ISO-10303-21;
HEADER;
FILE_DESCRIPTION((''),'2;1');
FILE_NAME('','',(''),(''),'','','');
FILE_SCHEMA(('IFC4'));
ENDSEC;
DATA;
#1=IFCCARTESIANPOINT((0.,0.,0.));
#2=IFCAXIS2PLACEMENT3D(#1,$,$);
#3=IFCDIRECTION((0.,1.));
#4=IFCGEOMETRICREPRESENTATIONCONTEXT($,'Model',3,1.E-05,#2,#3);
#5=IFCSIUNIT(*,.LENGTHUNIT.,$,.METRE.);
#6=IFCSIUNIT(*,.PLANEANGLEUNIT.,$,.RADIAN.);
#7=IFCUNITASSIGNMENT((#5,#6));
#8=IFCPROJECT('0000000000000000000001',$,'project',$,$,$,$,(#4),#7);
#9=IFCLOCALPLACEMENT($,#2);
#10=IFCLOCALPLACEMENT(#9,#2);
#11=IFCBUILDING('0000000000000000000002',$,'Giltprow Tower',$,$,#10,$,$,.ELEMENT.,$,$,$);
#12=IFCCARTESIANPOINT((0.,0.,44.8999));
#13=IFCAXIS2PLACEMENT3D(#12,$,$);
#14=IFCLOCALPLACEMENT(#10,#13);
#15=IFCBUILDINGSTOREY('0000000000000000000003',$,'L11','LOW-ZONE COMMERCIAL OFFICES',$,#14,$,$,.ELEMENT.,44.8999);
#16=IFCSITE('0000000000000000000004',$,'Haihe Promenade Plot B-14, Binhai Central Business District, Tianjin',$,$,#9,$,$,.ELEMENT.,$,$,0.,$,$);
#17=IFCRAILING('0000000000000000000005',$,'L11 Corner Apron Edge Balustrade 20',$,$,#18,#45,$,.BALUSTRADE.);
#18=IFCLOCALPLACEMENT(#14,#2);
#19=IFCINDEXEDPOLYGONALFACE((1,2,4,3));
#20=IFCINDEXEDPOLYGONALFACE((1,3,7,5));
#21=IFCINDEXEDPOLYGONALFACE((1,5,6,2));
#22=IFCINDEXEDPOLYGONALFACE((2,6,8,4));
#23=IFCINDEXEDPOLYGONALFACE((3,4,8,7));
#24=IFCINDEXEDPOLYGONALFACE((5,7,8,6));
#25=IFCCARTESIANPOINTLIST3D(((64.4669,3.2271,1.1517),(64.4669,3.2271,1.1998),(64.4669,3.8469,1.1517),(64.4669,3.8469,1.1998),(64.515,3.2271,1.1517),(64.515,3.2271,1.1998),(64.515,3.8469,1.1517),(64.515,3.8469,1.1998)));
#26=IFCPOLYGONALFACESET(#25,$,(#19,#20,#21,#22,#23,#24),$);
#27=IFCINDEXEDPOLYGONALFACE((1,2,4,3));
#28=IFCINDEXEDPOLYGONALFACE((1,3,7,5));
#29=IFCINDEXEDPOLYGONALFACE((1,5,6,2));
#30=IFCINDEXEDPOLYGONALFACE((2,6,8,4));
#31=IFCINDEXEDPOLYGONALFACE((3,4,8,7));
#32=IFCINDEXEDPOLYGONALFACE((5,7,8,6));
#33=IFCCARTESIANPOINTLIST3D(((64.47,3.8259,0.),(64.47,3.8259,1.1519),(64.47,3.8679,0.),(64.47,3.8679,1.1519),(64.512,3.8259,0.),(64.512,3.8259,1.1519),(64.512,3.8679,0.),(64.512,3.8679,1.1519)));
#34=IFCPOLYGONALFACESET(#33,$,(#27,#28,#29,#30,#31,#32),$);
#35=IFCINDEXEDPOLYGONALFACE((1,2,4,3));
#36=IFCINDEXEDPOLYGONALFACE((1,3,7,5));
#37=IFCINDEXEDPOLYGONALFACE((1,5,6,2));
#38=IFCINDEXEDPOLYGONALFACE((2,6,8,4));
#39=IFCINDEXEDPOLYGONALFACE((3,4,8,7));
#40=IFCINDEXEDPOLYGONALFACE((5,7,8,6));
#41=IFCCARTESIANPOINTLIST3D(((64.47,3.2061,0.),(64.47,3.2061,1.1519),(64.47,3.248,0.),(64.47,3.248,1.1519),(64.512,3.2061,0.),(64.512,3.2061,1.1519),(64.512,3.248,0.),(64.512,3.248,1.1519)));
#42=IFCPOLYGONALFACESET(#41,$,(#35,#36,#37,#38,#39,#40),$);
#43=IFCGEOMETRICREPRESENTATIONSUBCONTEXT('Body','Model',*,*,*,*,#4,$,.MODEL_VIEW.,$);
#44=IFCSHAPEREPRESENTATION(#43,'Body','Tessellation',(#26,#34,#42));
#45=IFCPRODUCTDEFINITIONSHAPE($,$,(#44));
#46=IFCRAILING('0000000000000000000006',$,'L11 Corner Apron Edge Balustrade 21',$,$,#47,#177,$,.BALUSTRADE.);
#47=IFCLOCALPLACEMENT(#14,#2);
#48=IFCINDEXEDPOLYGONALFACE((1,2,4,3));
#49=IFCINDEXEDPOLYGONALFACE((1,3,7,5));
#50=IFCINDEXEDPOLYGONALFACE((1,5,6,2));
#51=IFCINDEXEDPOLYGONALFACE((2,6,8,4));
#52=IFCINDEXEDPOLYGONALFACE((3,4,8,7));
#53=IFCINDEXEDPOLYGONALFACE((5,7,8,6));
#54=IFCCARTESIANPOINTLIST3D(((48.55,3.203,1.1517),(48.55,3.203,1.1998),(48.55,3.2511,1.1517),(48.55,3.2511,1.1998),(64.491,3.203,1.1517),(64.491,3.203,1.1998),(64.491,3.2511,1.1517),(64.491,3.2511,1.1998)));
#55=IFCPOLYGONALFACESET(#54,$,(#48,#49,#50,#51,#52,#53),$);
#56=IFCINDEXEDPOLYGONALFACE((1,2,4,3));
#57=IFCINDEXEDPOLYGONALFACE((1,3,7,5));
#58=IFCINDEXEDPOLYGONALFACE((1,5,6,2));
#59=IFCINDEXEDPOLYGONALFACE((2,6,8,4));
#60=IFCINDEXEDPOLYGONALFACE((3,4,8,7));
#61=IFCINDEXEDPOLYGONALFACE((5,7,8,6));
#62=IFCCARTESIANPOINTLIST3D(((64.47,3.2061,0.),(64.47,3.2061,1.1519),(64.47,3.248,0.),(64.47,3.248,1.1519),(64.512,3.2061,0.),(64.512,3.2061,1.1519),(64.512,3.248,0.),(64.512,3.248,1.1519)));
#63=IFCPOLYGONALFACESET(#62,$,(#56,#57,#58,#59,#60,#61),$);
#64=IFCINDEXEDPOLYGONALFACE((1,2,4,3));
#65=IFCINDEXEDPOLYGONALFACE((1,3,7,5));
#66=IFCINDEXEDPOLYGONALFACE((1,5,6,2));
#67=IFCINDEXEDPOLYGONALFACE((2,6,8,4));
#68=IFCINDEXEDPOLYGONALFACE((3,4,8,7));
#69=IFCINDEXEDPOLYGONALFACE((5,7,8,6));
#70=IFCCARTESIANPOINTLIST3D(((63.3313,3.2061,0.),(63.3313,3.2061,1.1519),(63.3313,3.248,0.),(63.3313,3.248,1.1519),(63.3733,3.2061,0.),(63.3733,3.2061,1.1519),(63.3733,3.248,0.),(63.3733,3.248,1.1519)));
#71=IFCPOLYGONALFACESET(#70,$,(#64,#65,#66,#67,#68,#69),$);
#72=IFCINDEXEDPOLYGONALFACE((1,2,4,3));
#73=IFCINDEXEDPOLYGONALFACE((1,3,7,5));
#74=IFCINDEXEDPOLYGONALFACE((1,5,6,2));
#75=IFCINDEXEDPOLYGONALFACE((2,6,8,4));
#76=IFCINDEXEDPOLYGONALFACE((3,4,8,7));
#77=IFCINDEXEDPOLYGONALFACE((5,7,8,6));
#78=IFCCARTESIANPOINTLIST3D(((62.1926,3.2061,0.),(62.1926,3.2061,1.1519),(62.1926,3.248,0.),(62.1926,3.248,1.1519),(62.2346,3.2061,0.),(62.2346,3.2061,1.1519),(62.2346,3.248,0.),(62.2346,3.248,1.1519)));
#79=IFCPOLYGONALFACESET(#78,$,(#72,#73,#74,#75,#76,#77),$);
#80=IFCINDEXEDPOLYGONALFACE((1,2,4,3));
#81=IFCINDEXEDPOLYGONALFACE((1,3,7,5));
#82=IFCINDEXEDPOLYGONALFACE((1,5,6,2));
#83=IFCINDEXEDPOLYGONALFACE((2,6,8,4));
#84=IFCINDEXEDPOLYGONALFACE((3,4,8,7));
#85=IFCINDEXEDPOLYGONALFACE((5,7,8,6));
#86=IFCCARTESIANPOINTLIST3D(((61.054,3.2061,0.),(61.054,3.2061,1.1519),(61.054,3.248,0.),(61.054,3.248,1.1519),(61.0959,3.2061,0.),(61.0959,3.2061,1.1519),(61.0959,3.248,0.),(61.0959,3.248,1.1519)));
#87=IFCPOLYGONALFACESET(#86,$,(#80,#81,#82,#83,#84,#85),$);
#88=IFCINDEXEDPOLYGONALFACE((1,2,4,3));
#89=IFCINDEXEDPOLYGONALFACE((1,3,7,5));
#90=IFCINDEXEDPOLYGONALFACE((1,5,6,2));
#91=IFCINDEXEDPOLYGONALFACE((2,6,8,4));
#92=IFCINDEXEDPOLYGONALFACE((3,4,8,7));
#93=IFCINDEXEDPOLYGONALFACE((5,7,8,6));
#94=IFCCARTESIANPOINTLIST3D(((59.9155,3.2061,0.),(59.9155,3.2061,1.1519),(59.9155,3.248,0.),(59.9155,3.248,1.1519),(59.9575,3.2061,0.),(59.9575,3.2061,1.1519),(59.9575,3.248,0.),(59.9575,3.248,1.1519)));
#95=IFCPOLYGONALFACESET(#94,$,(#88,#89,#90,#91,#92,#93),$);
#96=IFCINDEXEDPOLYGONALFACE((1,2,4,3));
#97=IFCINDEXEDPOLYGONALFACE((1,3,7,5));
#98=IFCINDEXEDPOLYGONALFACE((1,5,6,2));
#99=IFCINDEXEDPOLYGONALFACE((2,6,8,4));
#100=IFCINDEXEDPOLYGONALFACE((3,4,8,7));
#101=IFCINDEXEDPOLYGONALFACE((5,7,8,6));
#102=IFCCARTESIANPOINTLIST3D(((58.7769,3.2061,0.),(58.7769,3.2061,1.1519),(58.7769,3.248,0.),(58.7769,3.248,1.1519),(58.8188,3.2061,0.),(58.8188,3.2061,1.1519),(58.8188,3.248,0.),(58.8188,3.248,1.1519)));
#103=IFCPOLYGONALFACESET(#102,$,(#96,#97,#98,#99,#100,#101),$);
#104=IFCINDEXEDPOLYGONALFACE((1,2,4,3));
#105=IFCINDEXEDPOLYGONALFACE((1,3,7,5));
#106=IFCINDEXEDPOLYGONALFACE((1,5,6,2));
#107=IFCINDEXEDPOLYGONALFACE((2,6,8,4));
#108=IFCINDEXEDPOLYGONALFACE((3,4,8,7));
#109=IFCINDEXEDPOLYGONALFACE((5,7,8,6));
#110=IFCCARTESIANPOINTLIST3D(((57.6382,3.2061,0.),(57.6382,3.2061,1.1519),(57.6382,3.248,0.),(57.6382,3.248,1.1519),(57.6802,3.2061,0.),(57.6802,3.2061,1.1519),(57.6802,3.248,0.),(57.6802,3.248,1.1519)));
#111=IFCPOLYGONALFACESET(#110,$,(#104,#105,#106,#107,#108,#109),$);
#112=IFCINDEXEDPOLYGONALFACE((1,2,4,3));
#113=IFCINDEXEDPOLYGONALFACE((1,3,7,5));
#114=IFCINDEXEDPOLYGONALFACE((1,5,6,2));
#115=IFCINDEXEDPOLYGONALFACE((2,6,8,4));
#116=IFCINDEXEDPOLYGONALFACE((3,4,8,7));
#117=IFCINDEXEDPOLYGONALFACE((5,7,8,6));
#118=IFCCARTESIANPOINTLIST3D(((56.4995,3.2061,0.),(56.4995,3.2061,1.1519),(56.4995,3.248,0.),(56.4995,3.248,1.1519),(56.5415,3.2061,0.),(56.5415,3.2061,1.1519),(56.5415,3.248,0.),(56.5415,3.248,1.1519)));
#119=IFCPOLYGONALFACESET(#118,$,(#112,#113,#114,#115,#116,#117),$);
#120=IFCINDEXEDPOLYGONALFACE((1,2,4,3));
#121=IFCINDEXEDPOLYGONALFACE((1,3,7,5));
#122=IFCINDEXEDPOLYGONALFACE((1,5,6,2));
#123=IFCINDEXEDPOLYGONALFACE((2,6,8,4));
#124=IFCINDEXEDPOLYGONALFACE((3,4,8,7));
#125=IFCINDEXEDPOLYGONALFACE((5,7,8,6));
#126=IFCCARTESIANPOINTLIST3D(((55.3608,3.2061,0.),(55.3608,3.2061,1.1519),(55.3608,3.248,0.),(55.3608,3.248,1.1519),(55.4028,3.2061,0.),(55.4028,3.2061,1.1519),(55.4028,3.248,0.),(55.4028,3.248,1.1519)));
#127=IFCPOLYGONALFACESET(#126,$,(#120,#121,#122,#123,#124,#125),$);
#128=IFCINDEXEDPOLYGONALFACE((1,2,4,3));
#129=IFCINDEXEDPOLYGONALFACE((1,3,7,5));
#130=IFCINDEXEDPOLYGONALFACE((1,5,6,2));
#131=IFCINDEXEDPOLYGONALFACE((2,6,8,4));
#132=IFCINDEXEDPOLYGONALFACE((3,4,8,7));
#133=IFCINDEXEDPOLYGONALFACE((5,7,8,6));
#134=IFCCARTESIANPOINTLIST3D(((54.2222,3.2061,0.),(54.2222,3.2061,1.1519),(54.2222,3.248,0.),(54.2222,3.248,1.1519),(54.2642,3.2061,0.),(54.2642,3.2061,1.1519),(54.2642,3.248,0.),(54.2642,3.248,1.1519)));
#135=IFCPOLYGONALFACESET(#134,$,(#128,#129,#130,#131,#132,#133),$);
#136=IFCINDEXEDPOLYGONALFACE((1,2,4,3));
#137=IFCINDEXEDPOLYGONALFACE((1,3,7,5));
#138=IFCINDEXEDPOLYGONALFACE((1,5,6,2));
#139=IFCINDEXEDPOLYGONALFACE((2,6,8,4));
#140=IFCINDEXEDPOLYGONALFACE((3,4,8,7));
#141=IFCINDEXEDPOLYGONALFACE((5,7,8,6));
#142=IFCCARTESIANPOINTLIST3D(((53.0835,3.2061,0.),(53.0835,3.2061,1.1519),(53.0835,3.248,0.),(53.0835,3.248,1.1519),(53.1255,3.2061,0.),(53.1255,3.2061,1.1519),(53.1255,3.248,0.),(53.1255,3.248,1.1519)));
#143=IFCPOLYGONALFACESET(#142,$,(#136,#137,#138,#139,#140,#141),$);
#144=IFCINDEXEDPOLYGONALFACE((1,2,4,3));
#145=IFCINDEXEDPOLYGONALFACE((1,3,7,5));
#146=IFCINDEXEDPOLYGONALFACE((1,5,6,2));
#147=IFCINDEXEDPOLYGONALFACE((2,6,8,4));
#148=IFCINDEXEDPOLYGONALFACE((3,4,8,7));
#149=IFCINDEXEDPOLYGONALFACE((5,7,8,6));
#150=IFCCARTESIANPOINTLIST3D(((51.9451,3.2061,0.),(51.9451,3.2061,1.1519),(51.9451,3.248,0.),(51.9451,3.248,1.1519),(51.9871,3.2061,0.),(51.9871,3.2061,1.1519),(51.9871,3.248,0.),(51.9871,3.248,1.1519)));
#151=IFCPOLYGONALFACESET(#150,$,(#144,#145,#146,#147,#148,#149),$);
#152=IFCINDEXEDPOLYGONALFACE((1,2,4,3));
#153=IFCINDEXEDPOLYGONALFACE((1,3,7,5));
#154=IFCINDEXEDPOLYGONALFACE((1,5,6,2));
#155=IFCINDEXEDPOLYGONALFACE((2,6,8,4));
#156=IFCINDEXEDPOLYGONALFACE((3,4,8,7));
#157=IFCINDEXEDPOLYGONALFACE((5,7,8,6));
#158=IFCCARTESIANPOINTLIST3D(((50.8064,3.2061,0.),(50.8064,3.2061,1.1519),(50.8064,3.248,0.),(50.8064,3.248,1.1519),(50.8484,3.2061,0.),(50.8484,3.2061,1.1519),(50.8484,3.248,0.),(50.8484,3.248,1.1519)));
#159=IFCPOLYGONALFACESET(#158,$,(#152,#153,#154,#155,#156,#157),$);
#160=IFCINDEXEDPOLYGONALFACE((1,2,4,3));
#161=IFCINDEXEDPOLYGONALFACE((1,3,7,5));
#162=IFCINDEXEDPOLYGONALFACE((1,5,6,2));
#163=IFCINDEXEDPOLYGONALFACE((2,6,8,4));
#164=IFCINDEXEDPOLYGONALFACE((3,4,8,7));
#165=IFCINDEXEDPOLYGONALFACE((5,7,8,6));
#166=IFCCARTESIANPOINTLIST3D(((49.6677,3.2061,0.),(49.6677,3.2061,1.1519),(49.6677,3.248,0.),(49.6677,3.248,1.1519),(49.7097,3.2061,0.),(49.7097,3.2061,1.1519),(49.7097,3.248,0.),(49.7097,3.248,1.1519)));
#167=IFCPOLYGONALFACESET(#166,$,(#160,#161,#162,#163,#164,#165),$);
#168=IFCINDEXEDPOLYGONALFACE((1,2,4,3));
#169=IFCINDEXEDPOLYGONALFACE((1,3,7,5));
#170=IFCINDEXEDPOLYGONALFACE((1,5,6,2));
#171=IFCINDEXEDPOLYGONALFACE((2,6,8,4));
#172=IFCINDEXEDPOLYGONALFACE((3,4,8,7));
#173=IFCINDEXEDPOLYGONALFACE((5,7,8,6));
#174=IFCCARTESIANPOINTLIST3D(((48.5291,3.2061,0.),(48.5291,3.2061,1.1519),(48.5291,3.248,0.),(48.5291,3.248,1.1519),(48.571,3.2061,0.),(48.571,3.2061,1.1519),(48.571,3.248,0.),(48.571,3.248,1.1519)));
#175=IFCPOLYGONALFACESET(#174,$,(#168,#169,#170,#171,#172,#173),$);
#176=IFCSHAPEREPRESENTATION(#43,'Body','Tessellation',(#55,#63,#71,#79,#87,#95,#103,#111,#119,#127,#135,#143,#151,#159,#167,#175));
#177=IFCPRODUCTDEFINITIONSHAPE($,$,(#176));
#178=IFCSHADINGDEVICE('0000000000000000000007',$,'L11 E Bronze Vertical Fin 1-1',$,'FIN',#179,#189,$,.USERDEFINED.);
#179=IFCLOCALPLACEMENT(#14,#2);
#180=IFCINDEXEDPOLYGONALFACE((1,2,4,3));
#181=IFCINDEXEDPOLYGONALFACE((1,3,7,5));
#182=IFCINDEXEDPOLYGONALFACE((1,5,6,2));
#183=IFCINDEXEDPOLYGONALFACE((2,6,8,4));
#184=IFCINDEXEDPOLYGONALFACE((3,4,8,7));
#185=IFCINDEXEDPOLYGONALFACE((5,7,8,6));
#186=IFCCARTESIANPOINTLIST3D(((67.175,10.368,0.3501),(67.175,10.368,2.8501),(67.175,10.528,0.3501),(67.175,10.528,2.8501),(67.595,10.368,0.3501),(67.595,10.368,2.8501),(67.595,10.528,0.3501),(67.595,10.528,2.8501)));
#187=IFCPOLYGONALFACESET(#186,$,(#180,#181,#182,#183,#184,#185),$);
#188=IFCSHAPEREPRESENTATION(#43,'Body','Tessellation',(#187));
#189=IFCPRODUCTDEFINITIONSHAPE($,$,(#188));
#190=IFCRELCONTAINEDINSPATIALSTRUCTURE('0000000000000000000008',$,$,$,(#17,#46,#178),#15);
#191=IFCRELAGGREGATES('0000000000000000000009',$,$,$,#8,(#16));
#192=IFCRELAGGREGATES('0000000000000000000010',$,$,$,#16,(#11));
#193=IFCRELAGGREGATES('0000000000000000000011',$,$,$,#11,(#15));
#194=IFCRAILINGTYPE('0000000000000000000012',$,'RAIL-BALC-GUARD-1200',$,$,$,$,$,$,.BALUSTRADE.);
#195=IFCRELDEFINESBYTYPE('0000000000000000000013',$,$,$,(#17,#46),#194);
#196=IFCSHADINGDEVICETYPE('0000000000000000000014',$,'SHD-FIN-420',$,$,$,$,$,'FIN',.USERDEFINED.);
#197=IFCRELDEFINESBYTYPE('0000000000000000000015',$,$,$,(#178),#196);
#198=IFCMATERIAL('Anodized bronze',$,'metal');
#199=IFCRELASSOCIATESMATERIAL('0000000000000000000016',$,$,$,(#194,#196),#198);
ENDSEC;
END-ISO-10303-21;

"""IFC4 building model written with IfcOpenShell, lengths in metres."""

from ifc_helpers import new_model, si_unit, direction, frame, origin, origin_2d, place, context, subcontext, project, spatial, rectangle, extrude, source, transform, mapped, material, type_object, element, save


model = new_model("IFC4")

# Units and contexts
model_context = context("Model", 3, precision=1e-05, world=origin(), true_north=direction((0.0, 1.0)))
body_context = subcontext(model_context, "Body", "Model", "MODEL_VIEW")
ifc_project = project(units=[si_unit("LENGTHUNIT", "METRE"), si_unit("PLANEANGLEUNIT", "RADIAN")], contexts=[model_context])

# Site, building, storey
site_placement = place(None, origin())
site = spatial("IfcSite", under=ifc_project, at=site_placement, Name="Haihe Promenade Plot B-14, Binhai Central Business District, Tianjin", CompositionType="ELEMENT", RefElevation=0.0)
building_placement = place(site_placement, origin())
building = spatial("IfcBuilding", under=site, at=building_placement, Name="Giltprow Tower", CompositionType="ELEMENT")
storey_placement = place(building_placement, frame((0.0, 0.0, 44.8999)))
storey = spatial("IfcBuildingStorey", under=building, at=storey_placement, Name="L11", Description="LOW-ZONE COMMERCIAL OFFICES", CompositionType="ELEMENT", Elevation=44.8999)

# Shared definitions
ifc_material_1 = material(Name="Anodized bronze", Category="metal")

# Railings
railing_type = type_object("IfcRailingType", Name="RAIL-BALC-GUARD-1200", PredefinedType="BALUSTRADE", material=ifc_material_1)
railing_1_placement = place(storey_placement, frame((64.491, 3.8469, 0.0)))
element("IfcRailing", 1, at=railing_1_placement, inside=storey, type_object=railing_type, Name="L11 Corner Apron Edge Balustrade 20", PredefinedType="BALUSTRADE", context=body_context, shape_type="SweptSolid", body=[
    extrude(rectangle(XDim=0.0481, YDim=0.0481, at=origin_2d()), frame((0.0, 0.0, 1.1758), z_axis=(0.0, -1.0, 0.0), x_axis=(1.0, 0.0, 0.0)), (0.0, 0.0, 1.0), 0.6199),
    extrude(rectangle(XDim=0.042, YDim=0.042, at=origin_2d()), origin(), (0.0, 0.0, 1.0), 1.1519),
    extrude(rectangle(XDim=0.042, YDim=0.042, at=origin_2d()), frame((0.0, -0.6199, 0.0)), (0.0, 0.0, 1.0), 1.1519),
])
railing_2_placement = place(storey_placement, frame((64.491, 3.2271, 0.0)))
element("IfcRailing", 2, at=railing_2_placement, inside=storey, type_object=railing_type, Name="L11 Corner Apron Edge Balustrade 21", PredefinedType="BALUSTRADE", context=body_context, shape_type="SweptSolid", body=[
    extrude(rectangle(XDim=0.0481, YDim=0.0481, at=origin_2d()), frame((0.0, 0.0, 1.1758), z_axis=(-1.0, 0.0, 0.0), x_axis=(0.0, -1.0, 0.0)), (0.0, 0.0, 1.0), 15.9409),
    extrude(rectangle(XDim=0.042, YDim=0.042, at=origin_2d()), origin(), (0.0, 0.0, 1.0), 1.1519),
    extrude(rectangle(XDim=0.042, YDim=0.042, at=origin_2d()), frame((-1.1387, 0.0, 0.0)), (0.0, 0.0, 1.0), 1.1519),
    extrude(rectangle(XDim=0.042, YDim=0.042, at=origin_2d()), frame((-2.2773, 0.0, 0.0)), (0.0, 0.0, 1.0), 1.1519),
    extrude(rectangle(XDim=0.042, YDim=0.042, at=origin_2d()), frame((-3.416, 0.0, 0.0)), (0.0, 0.0, 1.0), 1.1519),
    extrude(rectangle(XDim=0.042, YDim=0.042, at=origin_2d()), frame((-4.5544, 0.0, 0.0)), (0.0, 0.0, 1.0), 1.1519),
    extrude(rectangle(XDim=0.042, YDim=0.042, at=origin_2d()), frame((-5.6931, 0.0, 0.0)), (0.0, 0.0, 1.0), 1.1519),
    extrude(rectangle(XDim=0.042, YDim=0.042, at=origin_2d()), frame((-6.8318, 0.0, 0.0)), (0.0, 0.0, 1.0), 1.1519),
    extrude(rectangle(XDim=0.042, YDim=0.042, at=origin_2d()), frame((-7.9705, 0.0, 0.0)), (0.0, 0.0, 1.0), 1.1519),
    extrude(rectangle(XDim=0.042, YDim=0.042, at=origin_2d()), frame((-9.1091, 0.0, 0.0)), (0.0, 0.0, 1.0), 1.1519),
    extrude(rectangle(XDim=0.042, YDim=0.042, at=origin_2d()), frame((-10.2478, 0.0, 0.0)), (0.0, 0.0, 1.0), 1.1519),
    extrude(rectangle(XDim=0.042, YDim=0.042, at=origin_2d()), frame((-11.3865, 0.0, 0.0)), (0.0, 0.0, 1.0), 1.1519),
    extrude(rectangle(XDim=0.042, YDim=0.042, at=origin_2d()), frame((-12.5249, 0.0, 0.0)), (0.0, 0.0, 1.0), 1.1519),
    extrude(rectangle(XDim=0.042, YDim=0.042, at=origin_2d()), frame((-13.6636, 0.0, 0.0)), (0.0, 0.0, 1.0), 1.1519),
    extrude(rectangle(XDim=0.042, YDim=0.042, at=origin_2d()), frame((-14.8022, 0.0, 0.0)), (0.0, 0.0, 1.0), 1.1519),
    extrude(rectangle(XDim=0.042, YDim=0.042, at=origin_2d()), frame((-15.9409, 0.0, 0.0)), (0.0, 0.0, 1.0), 1.1519),
])

# Shading device
shading_device_type = type_object("IfcShadingDeviceType", Name="SHD-FIN-420", ElementType="FIN", PredefinedType="USERDEFINED", material=ifc_material_1)
shared_shape_1 = source(origin(), body_context, "Body", "SweptSolid", [
    extrude(rectangle(XDim=0.4199, YDim=0.1599, at=origin_2d()), origin(), (0.0, 0.0, 1.0), 2.5),
])
shading_device_placement = place(storey_placement, frame((67.385, 10.448, 0.3501), z_axis=(0.0, 0.0, 1.0), x_axis=(1.0, 0.0, 0.0)))
element("IfcShadingDevice", 3, at=shading_device_placement, inside=storey, type_object=shading_device_type, Name="L11 E Bronze Vertical Fin 1-1", ObjectType="FIN", PredefinedType="USERDEFINED", context=body_context, shape_type="MappedRepresentation", body=[
    mapped(shared_shape_1, transform((0.0, 0.0, 0.0), x_axis=(1.0, 0.0, 0.0), y_axis=(0.0, 1.0, 0.0), z_axis=(0.0, 0.0, 1.0), scale=1.0)),
])

save(model, "model.ifc")
